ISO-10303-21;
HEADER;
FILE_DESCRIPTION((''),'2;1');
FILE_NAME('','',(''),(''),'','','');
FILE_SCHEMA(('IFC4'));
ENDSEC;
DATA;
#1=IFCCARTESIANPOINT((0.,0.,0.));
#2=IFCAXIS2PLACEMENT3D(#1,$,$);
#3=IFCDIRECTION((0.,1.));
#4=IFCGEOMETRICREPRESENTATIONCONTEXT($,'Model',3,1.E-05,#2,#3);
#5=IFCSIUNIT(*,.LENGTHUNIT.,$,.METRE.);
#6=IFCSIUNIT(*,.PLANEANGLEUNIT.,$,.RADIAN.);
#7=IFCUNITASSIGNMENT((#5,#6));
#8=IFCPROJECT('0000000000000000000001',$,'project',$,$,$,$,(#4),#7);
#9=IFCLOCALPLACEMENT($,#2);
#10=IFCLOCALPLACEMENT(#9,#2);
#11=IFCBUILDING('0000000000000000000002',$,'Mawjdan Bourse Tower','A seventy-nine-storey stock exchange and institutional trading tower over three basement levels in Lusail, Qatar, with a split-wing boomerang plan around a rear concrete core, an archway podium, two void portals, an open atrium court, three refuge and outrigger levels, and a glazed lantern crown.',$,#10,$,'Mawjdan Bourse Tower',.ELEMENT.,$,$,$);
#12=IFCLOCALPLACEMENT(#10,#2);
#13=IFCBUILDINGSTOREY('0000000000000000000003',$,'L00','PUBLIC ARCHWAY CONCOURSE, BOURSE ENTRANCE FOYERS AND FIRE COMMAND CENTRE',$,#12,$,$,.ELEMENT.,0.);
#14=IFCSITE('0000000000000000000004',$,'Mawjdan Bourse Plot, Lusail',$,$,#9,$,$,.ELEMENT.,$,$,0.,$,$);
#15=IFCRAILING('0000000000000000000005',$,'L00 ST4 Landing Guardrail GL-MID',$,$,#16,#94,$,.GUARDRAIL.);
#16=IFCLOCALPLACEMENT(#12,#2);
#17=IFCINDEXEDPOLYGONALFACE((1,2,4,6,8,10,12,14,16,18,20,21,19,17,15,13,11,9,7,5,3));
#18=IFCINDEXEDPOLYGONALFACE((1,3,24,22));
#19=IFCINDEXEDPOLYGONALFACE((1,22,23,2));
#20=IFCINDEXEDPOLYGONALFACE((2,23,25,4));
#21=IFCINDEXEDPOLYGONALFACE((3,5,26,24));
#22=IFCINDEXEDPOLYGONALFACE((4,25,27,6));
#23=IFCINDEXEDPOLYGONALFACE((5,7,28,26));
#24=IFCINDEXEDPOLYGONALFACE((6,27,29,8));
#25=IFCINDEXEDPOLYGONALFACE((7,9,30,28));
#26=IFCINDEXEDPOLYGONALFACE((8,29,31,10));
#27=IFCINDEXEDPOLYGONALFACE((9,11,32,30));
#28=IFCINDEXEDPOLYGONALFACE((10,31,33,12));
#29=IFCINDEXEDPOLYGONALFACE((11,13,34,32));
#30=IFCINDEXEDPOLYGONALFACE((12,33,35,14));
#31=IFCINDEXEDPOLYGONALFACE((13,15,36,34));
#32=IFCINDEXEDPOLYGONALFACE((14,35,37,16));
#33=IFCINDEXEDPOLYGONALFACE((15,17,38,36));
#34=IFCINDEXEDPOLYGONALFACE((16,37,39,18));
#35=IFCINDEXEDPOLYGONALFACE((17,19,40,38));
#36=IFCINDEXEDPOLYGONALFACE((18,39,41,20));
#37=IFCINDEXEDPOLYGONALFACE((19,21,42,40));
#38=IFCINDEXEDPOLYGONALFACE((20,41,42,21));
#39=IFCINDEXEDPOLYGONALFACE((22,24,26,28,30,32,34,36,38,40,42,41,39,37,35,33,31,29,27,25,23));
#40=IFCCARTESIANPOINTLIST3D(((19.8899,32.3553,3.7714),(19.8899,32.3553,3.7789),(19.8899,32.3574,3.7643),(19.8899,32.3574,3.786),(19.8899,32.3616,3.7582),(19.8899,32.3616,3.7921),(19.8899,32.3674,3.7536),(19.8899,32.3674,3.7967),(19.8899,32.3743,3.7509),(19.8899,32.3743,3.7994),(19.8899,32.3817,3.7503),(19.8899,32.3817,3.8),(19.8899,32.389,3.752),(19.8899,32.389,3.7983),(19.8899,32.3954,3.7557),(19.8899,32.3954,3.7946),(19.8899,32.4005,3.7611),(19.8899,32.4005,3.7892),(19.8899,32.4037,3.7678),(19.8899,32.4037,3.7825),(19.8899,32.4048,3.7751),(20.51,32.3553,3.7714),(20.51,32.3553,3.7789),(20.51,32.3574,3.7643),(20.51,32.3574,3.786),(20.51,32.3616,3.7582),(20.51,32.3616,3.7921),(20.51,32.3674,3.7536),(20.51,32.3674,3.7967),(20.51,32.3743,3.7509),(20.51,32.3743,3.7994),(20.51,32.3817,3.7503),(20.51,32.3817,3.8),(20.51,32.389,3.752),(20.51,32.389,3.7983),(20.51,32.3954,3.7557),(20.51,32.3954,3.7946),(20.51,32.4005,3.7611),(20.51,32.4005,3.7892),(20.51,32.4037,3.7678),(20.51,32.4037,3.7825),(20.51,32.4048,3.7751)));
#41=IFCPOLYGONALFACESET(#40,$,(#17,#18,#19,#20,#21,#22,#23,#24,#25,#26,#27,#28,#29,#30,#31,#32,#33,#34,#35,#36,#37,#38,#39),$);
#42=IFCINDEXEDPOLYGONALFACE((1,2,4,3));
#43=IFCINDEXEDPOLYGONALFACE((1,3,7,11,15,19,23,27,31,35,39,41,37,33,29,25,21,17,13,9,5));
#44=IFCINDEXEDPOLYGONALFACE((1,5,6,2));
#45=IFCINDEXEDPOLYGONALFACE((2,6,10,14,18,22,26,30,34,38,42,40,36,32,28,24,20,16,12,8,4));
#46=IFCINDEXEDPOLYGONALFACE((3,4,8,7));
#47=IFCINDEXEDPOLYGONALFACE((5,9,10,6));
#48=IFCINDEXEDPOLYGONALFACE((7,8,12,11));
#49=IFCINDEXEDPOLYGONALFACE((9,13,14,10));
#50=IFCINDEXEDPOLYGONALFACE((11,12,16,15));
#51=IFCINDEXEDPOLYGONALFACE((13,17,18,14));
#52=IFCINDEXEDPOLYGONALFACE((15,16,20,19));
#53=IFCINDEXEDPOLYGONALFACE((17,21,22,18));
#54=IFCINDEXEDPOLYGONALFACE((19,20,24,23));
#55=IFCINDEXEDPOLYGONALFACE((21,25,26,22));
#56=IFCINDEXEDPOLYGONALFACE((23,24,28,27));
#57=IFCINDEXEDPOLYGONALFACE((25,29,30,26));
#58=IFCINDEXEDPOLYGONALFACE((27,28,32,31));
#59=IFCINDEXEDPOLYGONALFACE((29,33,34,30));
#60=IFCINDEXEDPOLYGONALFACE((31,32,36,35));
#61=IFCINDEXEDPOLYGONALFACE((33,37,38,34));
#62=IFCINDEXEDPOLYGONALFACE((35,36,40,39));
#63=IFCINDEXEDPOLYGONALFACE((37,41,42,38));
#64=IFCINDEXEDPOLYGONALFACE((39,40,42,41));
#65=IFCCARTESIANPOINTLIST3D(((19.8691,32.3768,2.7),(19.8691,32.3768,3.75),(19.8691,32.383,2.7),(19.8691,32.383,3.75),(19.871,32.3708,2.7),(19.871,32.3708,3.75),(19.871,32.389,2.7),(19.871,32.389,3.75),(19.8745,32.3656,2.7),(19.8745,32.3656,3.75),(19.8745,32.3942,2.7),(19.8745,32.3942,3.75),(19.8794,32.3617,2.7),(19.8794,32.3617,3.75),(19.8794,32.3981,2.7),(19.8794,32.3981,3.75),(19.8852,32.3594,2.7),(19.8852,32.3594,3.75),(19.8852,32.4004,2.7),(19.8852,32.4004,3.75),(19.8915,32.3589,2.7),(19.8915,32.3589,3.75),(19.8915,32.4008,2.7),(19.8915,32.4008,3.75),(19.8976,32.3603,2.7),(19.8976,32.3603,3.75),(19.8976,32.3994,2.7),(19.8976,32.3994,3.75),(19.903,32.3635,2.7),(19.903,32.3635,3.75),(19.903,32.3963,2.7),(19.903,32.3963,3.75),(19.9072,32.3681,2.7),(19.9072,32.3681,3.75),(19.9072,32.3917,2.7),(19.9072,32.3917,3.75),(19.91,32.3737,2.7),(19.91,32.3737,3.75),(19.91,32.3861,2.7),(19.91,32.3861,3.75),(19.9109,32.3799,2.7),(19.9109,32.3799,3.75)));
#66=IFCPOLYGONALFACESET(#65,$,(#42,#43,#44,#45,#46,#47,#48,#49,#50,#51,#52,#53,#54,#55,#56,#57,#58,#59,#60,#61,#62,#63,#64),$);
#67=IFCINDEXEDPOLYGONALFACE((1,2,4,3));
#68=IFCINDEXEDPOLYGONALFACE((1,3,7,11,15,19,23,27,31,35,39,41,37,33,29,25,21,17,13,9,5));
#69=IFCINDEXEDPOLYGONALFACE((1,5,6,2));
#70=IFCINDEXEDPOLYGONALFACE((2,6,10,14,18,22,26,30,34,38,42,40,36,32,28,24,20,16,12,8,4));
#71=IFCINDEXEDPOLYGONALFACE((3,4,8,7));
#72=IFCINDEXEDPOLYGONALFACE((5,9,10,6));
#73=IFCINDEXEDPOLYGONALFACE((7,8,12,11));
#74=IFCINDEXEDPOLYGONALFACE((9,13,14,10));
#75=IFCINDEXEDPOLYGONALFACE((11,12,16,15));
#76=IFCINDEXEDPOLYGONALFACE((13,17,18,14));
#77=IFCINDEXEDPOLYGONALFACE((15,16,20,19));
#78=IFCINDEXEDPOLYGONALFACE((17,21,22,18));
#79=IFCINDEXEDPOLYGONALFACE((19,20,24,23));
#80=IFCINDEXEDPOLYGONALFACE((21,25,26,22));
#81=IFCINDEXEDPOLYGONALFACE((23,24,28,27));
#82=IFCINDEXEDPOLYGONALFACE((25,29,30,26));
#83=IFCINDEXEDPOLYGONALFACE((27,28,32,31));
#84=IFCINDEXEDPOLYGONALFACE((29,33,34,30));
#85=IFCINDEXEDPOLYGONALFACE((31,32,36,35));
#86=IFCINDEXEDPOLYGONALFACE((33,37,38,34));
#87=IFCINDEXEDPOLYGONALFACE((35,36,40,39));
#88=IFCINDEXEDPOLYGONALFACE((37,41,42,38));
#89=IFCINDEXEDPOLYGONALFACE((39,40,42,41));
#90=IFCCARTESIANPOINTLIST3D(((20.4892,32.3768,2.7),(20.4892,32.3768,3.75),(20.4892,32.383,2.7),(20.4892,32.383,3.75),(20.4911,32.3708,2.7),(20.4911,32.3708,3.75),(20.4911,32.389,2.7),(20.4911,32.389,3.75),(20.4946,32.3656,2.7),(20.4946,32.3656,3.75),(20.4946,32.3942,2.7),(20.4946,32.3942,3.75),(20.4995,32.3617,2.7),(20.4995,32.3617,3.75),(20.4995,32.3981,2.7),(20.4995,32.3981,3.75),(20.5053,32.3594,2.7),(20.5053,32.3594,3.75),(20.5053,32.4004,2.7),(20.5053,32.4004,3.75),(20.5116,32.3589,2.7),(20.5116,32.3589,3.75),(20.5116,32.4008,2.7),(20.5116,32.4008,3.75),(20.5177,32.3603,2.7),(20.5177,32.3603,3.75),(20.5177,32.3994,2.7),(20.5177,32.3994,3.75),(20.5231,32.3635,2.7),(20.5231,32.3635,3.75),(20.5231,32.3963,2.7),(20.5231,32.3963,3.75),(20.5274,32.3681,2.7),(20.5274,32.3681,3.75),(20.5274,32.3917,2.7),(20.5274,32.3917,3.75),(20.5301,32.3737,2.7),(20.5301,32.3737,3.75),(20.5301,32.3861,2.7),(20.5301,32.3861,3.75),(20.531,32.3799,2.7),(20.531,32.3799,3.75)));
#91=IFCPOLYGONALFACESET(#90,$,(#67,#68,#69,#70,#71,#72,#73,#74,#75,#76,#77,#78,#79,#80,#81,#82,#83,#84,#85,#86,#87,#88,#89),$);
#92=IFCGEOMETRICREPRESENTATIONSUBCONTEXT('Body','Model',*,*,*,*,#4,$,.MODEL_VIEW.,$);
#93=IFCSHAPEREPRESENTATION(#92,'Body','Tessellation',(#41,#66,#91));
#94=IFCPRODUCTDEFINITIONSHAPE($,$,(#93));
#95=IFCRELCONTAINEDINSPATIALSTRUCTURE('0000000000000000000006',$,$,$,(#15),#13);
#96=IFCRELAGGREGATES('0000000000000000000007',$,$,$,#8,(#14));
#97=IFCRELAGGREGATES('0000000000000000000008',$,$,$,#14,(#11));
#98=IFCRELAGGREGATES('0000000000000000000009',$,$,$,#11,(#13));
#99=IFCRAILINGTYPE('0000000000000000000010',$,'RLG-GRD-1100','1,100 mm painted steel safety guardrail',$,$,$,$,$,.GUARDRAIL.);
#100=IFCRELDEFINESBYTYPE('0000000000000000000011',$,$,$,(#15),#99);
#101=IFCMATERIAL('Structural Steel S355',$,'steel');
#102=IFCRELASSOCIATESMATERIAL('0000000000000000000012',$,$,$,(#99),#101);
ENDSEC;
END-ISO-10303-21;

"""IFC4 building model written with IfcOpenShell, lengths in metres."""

from ifc_helpers import new_model, si_unit, direction, frame, origin, origin_2d, place, context, subcontext, project, spatial, circle, extrude, material, type_object, element, save


model = new_model("IFC4")

# Units and contexts
model_context = context("Model", 3, precision=1e-05, world=origin(), true_north=direction((0.0, 1.0)))
body_context = subcontext(model_context, "Body", "Model", "MODEL_VIEW")
ifc_project = project(units=[si_unit("LENGTHUNIT", "METRE"), si_unit("PLANEANGLEUNIT", "RADIAN")], contexts=[model_context])

# Site, building, storey
site_placement = place(None, origin())
site = spatial("IfcSite", under=ifc_project, at=site_placement, Name="Mawjdan Bourse Plot, Lusail", CompositionType="ELEMENT", RefElevation=0.0)
building_placement = place(site_placement, origin())
building = spatial("IfcBuilding", under=site, at=building_placement, Name="Mawjdan Bourse Tower", Description="A seventy-nine-storey stock exchange and institutional trading tower over three basement levels in Lusail, Qatar, with a split-wing boomerang plan around a rear concrete core, an archway podium, two void portals, an open atrium court, three refuge and outrigger levels, and a glazed lantern crown.", LongName="Mawjdan Bourse Tower", CompositionType="ELEMENT")
storey_placement = place(building_placement, origin())
storey = spatial("IfcBuildingStorey", under=building, at=storey_placement, Name="L00", Description="PUBLIC ARCHWAY CONCOURSE, BOURSE ENTRANCE FOYERS AND FIRE COMMAND CENTRE", CompositionType="ELEMENT", Elevation=0.0)

# Shared definitions
ifc_material_1 = material(Name="Structural Steel S355", Category="steel")

# Railing
railing_type_1 = type_object("IfcRailingType", Name="RLG-GRD-1100", Description="1,100 mm painted steel safety guardrail", PredefinedType="GUARDRAIL", material=ifc_material_1)
railing_1_placement = place(storey_placement, frame((19.8899, 32.3799, 2.7)))
element("IfcRailing", 1, at=railing_1_placement, inside=storey, type_object=railing_type_1, Name="L00 ST4 Landing Guardrail GL-MID", PredefinedType="GUARDRAIL", context=body_context, shape_type="SweptSolid", body=[
    extrude(circle(Radius=0.0249, at=origin_2d()), frame((0.0, 0.0, 1.0752), z_axis=(1.0, 0.0, 0.0), x_axis=(0.0, 1.0, 0.0)), (0.0, 0.0, 1.0), 0.6201),
    extrude(circle(Radius=0.021, at=origin_2d()), origin(), (0.0, 0.0, 1.0), 1.05),
    extrude(circle(Radius=0.021, at=origin_2d()), frame((0.6201, 0.0, 0.0)), (0.0, 0.0, 1.0), 1.05),
])

save(model, "model.ifc")
